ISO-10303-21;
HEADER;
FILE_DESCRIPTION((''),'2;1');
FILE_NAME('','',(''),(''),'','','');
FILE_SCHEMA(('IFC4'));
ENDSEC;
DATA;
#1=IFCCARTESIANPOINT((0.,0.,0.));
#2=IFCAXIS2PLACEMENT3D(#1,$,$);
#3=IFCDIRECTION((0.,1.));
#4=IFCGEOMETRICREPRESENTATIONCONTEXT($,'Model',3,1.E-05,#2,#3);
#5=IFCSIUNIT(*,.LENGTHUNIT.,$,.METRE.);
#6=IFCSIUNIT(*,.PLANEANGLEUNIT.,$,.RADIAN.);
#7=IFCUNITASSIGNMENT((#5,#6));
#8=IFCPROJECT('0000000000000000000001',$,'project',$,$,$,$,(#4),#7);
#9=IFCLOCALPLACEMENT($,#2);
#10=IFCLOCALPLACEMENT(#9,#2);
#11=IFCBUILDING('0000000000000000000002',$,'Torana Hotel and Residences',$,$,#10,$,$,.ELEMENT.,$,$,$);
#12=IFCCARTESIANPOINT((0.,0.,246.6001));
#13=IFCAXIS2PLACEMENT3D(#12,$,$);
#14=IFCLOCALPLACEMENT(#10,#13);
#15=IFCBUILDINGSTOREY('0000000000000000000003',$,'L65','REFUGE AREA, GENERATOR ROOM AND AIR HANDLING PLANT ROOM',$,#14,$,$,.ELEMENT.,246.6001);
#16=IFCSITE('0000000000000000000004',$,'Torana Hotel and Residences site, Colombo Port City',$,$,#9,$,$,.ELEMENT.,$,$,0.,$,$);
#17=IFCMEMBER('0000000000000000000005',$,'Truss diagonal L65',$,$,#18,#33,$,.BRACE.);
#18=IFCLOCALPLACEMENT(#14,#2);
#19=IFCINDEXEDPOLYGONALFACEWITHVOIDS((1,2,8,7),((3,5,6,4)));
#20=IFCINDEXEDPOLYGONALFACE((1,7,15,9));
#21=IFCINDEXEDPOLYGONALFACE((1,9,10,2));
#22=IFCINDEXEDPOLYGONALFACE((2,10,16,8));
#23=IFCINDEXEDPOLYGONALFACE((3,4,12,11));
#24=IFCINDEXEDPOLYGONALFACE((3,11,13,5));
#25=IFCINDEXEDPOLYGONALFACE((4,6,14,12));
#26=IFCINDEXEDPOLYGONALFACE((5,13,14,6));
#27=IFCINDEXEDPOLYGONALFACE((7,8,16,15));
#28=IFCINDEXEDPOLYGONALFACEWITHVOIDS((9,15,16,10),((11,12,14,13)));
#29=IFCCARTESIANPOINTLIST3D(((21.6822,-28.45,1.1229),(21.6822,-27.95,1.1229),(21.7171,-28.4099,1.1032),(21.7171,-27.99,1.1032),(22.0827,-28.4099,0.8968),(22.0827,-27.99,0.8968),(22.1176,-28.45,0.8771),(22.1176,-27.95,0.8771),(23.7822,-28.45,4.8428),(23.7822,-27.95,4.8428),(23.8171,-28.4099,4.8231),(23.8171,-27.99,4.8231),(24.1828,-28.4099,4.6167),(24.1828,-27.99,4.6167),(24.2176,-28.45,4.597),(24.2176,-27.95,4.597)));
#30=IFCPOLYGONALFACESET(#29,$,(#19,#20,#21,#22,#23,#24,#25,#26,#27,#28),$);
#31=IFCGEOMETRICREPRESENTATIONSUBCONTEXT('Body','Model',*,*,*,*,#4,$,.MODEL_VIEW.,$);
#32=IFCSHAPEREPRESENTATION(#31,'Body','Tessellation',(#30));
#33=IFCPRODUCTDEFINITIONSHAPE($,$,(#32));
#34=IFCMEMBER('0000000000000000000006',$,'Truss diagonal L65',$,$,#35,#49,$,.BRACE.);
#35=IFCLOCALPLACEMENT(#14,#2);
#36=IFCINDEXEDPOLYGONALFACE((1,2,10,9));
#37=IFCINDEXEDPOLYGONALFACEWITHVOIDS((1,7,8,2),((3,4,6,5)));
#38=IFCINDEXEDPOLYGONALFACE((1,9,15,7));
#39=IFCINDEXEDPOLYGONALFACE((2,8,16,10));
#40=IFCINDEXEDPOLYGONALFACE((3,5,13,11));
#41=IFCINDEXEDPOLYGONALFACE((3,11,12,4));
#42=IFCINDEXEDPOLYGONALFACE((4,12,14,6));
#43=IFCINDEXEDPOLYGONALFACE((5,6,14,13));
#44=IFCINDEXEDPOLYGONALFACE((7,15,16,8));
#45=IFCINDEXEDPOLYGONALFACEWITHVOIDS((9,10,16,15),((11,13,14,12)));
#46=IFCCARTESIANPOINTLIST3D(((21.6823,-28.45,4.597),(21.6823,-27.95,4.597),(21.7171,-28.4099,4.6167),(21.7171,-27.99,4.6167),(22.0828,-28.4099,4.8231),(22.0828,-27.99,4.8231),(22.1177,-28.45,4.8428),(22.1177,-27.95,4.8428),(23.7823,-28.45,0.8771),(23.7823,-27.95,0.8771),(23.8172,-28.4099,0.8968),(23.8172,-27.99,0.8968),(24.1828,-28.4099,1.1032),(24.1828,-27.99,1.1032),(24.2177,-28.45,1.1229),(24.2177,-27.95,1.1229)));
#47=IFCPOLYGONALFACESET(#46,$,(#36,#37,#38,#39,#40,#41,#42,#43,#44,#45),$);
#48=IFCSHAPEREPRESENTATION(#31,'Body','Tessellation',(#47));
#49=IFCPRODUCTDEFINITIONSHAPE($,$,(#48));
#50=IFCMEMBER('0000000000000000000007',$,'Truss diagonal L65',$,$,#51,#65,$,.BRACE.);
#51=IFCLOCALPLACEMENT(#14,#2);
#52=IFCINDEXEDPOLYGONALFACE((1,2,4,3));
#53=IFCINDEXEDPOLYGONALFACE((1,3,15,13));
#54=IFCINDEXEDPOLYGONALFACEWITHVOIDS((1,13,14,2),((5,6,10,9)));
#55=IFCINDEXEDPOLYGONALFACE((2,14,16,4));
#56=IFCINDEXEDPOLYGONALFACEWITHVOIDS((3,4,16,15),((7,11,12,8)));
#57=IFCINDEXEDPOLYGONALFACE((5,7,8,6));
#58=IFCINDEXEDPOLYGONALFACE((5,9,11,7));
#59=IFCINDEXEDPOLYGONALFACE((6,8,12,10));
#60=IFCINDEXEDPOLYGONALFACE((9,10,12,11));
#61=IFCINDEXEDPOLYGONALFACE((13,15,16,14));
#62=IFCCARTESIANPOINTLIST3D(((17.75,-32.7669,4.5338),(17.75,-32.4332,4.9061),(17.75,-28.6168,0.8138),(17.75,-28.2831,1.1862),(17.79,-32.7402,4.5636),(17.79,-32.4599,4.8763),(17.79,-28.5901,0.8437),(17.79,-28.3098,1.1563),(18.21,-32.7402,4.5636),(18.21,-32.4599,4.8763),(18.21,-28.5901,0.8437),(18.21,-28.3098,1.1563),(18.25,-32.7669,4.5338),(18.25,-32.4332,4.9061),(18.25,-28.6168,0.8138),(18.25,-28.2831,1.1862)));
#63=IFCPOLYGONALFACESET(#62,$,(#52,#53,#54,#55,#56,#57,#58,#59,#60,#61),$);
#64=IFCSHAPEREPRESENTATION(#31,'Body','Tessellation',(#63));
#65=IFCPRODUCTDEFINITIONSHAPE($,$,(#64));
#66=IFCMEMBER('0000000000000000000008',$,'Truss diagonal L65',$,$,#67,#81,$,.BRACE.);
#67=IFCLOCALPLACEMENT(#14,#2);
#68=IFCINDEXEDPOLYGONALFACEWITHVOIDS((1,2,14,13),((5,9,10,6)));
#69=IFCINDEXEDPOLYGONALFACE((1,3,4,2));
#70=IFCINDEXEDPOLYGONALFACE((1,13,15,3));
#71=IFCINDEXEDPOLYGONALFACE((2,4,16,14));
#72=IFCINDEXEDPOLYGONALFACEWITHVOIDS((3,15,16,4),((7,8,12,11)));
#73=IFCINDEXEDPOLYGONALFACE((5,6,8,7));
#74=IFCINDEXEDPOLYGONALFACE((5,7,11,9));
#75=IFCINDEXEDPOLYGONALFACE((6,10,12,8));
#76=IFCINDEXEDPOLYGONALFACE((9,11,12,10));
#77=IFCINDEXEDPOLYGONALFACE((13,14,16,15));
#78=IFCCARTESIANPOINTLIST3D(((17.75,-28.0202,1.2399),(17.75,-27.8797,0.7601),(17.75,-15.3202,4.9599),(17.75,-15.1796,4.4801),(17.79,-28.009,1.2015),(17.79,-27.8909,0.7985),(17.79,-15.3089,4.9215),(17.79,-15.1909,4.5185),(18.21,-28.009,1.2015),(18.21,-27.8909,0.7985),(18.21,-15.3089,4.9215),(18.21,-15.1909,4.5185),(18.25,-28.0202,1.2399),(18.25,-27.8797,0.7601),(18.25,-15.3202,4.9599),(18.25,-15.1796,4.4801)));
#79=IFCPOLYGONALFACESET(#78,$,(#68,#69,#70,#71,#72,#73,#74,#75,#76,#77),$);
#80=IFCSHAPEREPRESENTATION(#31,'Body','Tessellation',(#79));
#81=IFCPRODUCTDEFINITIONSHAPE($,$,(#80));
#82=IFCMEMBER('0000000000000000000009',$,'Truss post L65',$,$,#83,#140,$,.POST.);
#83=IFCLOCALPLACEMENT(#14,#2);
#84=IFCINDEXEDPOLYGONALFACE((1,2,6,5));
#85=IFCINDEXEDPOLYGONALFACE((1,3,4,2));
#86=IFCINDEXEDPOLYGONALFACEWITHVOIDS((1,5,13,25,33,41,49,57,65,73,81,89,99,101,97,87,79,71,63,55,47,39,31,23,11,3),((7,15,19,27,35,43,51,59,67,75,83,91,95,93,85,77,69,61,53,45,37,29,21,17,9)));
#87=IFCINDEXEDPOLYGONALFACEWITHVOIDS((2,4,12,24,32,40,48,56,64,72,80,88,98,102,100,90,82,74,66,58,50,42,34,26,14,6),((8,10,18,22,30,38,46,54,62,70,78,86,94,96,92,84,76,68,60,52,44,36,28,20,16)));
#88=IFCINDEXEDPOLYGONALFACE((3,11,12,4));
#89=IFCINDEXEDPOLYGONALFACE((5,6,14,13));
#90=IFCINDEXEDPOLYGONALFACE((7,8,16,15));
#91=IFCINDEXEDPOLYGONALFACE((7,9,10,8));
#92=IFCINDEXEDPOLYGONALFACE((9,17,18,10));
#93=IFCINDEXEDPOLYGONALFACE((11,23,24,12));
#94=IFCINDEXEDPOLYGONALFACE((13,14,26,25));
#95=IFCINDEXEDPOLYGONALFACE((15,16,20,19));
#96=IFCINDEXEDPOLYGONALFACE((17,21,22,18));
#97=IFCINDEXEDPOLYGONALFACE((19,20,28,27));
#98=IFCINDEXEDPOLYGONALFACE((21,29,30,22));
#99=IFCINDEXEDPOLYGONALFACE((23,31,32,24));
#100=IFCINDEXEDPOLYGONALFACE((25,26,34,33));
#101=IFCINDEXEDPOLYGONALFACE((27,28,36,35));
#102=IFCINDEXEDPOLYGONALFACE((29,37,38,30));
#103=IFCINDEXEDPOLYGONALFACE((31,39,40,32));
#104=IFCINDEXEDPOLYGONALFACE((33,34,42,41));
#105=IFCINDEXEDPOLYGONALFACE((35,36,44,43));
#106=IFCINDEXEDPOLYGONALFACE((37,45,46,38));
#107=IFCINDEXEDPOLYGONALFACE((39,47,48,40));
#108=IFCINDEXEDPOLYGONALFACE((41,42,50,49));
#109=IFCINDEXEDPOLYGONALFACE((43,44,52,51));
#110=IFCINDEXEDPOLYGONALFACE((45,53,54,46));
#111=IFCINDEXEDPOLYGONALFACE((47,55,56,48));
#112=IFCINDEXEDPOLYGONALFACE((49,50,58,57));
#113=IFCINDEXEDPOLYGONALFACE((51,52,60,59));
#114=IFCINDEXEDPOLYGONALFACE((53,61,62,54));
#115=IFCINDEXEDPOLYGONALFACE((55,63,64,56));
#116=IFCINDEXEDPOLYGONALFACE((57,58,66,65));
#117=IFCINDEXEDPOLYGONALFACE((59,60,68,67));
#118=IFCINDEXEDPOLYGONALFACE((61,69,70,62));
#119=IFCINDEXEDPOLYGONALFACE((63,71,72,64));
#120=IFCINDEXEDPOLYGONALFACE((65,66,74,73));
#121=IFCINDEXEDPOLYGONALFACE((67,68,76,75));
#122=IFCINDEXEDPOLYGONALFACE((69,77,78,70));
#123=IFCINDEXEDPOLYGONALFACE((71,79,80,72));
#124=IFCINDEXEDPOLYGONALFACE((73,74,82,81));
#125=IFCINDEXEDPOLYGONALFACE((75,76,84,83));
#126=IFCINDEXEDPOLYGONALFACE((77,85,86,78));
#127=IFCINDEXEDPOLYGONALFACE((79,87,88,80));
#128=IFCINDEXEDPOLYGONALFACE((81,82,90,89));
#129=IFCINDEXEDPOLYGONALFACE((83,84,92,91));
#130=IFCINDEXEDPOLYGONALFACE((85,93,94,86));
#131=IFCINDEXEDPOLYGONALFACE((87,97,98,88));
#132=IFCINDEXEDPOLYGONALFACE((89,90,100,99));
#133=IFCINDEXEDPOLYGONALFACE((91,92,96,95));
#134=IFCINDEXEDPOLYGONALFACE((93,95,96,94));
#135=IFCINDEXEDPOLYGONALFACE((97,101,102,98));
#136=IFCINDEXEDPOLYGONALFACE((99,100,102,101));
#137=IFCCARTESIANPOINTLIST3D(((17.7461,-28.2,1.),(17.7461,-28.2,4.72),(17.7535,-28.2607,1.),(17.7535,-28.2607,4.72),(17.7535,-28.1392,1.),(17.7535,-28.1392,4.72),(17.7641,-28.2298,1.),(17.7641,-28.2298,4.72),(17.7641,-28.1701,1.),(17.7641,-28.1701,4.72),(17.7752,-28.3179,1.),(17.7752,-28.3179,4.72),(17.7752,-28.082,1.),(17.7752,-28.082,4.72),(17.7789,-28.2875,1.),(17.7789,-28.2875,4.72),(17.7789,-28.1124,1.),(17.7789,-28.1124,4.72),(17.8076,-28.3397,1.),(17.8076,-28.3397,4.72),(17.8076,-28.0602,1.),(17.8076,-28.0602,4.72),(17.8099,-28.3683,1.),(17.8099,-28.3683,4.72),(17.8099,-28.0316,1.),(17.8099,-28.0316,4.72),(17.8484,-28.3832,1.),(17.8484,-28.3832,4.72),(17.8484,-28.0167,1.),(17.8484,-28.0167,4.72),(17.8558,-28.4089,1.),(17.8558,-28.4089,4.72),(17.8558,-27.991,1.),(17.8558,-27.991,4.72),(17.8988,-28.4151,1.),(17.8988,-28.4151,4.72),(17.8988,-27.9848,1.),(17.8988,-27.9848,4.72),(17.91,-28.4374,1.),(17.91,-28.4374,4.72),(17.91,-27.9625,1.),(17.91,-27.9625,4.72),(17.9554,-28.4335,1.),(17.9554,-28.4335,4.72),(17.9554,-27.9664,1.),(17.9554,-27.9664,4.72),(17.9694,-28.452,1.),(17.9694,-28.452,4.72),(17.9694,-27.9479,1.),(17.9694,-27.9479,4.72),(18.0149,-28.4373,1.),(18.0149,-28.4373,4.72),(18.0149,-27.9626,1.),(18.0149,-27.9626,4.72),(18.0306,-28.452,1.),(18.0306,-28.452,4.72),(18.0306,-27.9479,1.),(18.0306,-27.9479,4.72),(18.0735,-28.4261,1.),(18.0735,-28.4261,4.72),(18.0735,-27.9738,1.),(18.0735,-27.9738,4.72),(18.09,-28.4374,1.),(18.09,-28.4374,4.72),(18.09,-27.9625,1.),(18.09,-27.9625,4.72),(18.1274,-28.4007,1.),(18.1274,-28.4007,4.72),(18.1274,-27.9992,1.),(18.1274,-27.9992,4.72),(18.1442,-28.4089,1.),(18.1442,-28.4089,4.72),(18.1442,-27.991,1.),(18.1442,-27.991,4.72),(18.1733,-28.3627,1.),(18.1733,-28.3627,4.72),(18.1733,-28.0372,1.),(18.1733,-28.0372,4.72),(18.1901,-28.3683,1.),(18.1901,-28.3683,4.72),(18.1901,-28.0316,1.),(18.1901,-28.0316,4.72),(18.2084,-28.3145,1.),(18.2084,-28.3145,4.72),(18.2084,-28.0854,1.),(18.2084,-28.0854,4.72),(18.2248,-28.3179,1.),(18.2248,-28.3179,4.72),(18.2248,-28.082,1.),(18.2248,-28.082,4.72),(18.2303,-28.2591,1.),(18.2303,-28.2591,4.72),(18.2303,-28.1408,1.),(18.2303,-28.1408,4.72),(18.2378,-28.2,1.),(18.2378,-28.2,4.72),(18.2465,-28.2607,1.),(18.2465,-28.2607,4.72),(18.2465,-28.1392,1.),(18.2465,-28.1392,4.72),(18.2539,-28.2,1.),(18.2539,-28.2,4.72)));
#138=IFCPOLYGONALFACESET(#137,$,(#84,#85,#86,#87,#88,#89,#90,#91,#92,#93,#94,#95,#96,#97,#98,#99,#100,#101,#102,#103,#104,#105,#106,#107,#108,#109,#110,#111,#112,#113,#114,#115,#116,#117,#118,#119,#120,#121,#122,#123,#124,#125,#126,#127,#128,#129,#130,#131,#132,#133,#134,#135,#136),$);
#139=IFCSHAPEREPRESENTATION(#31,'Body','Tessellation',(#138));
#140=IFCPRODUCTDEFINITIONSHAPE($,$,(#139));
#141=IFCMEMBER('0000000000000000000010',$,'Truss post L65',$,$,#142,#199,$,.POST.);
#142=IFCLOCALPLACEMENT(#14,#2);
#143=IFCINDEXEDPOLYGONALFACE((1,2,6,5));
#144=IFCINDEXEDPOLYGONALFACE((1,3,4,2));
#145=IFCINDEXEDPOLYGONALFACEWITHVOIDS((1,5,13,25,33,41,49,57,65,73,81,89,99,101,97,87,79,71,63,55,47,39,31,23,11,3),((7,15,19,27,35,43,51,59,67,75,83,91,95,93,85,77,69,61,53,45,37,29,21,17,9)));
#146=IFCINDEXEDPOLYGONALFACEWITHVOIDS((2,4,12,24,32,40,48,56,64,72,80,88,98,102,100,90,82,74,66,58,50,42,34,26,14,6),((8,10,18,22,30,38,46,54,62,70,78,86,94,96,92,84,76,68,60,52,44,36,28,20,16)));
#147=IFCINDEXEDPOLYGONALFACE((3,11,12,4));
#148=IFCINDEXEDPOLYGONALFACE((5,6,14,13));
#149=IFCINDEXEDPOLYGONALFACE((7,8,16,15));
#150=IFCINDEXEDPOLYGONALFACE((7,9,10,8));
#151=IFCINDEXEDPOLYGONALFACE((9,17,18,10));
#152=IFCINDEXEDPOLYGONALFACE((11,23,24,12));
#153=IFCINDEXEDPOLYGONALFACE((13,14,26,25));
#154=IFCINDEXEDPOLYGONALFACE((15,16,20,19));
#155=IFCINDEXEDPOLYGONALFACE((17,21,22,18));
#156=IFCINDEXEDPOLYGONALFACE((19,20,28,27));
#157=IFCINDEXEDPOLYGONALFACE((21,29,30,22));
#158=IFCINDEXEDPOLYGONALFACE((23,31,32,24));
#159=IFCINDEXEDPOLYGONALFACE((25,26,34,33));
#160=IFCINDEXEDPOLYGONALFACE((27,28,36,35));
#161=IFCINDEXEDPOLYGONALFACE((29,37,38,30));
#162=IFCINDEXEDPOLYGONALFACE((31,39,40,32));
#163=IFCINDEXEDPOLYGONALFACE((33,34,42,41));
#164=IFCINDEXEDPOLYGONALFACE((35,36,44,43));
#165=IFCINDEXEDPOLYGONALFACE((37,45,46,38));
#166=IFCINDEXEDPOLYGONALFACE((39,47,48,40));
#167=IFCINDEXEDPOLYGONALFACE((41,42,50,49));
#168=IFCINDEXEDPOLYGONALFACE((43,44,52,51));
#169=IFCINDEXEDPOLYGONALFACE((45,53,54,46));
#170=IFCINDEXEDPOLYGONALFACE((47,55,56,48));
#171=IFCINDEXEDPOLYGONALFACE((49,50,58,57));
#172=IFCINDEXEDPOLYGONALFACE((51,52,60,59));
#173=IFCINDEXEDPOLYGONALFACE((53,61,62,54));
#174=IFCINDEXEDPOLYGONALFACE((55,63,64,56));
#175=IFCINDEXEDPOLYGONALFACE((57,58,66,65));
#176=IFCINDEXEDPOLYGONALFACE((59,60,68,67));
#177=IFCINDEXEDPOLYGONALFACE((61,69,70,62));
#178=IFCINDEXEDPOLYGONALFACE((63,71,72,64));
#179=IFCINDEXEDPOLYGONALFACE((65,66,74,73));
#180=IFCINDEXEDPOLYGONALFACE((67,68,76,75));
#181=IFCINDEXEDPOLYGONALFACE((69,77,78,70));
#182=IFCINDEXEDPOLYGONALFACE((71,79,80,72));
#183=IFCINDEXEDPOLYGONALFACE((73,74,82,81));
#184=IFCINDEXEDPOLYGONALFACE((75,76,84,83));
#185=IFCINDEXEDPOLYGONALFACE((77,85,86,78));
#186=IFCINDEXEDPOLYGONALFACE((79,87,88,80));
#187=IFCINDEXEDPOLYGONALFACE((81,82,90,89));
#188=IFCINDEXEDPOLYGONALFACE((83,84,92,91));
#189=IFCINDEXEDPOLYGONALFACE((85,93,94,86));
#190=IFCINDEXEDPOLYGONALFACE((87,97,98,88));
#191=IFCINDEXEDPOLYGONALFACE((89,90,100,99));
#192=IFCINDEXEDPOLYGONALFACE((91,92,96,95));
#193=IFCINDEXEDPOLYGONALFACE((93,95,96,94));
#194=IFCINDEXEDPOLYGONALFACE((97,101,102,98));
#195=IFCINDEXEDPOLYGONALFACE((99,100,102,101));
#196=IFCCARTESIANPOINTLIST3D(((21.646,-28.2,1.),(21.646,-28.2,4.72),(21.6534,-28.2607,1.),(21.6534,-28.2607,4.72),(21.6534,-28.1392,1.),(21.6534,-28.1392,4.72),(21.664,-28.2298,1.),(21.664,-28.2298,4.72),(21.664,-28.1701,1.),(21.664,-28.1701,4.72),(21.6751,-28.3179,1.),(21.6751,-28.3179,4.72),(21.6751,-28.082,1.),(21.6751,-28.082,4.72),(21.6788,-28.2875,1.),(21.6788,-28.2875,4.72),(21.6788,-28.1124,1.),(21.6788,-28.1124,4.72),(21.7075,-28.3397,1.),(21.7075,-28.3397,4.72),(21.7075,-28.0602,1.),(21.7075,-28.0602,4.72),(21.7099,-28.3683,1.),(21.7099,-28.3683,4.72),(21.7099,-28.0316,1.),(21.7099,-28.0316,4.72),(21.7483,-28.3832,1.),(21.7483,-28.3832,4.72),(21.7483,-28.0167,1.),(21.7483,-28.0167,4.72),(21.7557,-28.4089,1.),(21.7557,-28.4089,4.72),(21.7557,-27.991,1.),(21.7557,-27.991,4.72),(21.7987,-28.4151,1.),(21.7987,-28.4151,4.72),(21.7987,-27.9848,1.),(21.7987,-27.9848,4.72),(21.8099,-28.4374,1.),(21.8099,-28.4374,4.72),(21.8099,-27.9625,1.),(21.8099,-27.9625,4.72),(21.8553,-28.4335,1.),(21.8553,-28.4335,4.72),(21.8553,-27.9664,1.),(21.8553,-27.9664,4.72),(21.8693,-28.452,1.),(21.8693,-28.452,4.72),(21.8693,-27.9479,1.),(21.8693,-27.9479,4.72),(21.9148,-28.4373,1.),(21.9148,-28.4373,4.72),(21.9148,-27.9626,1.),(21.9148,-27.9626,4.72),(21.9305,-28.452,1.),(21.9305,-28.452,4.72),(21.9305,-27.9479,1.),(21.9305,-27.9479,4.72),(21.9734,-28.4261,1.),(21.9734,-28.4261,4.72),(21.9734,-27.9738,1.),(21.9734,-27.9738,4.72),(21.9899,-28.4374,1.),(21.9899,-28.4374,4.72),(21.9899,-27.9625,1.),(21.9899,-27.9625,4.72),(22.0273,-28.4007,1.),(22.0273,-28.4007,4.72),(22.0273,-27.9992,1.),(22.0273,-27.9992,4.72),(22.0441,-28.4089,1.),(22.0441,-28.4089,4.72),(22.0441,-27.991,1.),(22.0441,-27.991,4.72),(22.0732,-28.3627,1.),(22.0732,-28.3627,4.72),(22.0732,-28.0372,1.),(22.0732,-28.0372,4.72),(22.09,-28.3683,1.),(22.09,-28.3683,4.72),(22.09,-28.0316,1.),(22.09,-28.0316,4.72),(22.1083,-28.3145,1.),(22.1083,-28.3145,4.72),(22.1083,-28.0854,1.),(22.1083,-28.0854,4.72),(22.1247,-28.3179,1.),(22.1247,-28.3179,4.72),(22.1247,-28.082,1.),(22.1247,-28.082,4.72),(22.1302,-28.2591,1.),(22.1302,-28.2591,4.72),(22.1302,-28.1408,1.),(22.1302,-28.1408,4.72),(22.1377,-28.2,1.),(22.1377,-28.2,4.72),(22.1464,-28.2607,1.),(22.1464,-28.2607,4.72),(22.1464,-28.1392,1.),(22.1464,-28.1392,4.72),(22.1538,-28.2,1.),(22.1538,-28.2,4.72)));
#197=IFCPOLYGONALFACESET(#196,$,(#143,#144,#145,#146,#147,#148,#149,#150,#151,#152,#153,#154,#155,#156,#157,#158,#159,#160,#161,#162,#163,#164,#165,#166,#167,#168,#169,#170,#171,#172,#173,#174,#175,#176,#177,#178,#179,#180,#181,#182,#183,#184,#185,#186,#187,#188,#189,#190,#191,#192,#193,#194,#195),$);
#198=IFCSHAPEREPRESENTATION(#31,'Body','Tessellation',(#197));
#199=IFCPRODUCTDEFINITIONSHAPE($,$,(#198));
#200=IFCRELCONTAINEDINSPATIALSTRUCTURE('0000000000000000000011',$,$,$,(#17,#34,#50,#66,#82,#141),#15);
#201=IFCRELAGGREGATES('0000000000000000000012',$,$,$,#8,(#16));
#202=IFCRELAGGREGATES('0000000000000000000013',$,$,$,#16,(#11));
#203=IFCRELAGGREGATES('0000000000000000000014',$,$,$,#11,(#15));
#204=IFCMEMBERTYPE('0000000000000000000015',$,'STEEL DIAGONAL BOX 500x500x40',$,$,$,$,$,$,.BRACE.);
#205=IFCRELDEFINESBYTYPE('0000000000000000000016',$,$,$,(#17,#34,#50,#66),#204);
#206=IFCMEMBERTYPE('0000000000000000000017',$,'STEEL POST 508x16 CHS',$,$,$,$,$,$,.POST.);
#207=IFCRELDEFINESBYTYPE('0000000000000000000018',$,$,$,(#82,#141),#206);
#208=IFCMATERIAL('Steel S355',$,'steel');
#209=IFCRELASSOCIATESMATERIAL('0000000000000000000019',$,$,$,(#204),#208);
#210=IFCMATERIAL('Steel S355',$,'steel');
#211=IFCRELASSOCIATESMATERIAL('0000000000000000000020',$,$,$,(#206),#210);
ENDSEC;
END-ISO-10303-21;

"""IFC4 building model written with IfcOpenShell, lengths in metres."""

from ifc_helpers import new_model, si_unit, direction, frame, origin, origin_2d, place, context, subcontext, project, spatial, hollow_rectangle, hollow_circle, extrude, material, material_profile, profile_set, type_object, element, save


model = new_model("IFC4")

# Units and contexts
model_context = context("Model", 3, precision=1e-05, world=origin(), true_north=direction((0.0, 1.0)))
body_context = subcontext(model_context, "Body", "Model", "MODEL_VIEW")
ifc_project = project(units=[si_unit("LENGTHUNIT", "METRE"), si_unit("PLANEANGLEUNIT", "RADIAN")], contexts=[model_context])

# Site, building, storey
site_placement = place(None, origin())
site = spatial("IfcSite", under=ifc_project, at=site_placement, Name="Torana Hotel and Residences site, Colombo Port City", CompositionType="ELEMENT", RefElevation=0.0)
building_placement = place(site_placement, origin())
building = spatial("IfcBuilding", under=site, at=building_placement, Name="Torana Hotel and Residences", CompositionType="ELEMENT")
storey_placement = place(building_placement, frame((0.0, 0.0, 246.6001)))
storey = spatial("IfcBuildingStorey", under=building, at=storey_placement, Name="L65", Description="REFUGE AREA, GENERATOR ROOM AND AIR HANDLING PLANT ROOM", CompositionType="ELEMENT", Elevation=246.6001)

# Members
ifc_material_1 = material(Name="Steel S355", Category="steel")
ifc_material_profile_1 = material_profile(ifc_material_1, hollow_rectangle(XDim=0.5, YDim=0.5, WallThickness=0.04, at=origin_2d()), Name="BOX 500x500x40")
ifc_profile_set_1 = profile_set([ifc_material_profile_1], Name="Steel S355")
member_type_1 = type_object("IfcMemberType", Name="STEEL DIAGONAL BOX 500x500x40", PredefinedType="BRACE", material=ifc_profile_set_1)
for number, where, z_axis, x_axis, name in (
    (1, (21.8999, -28.2, 1.0), (0.491615, 0.0, 0.870813), (0.0, 1.0, 0.0), "Truss diagonal L65"),
    (2, (24.0, -28.2, 1.0), (-0.491615, 0.0, 0.870813), (0.0, -1.0, 0.0), "Truss diagonal L65"),
):
    element("IfcMember", number, at=place(storey_placement, frame(where, z_axis=z_axis, x_axis=x_axis)), inside=storey, type_object=member_type_1, Name=name, PredefinedType="BRACE", context=body_context, shape_type="SweptSolid", body=[
        extrude(hollow_rectangle(XDim=0.5, YDim=0.5, WallThickness=0.04, at=origin_2d()), origin(), (0.0, 0.0, 1.0), 4.2717),
    ])
member_1_placement = place(storey_placement, frame((18.0, -28.45, 1.0), z_axis=(0.0, -0.744645, 0.66746), x_axis=(1.0, 0.0, 0.0)))
element("IfcMember", 3, at=member_1_placement, inside=storey, type_object=member_type_1, Name="Truss diagonal L65", PredefinedType="BRACE", context=body_context, shape_type="SweptSolid", body=[
    extrude(hollow_rectangle(XDim=0.5, YDim=0.5, WallThickness=0.04, at=origin_2d()), origin(), (0.0, 0.0, 1.0), 5.5732),
])
member_2_placement = place(storey_placement, frame((18.0, -27.95, 1.0), z_axis=(0.0, 0.959678, 0.281101), x_axis=(-1.0, 0.0, 0.0)))
element("IfcMember", 4, at=member_2_placement, inside=storey, type_object=member_type_1, Name="Truss diagonal L65", PredefinedType="BRACE", context=body_context, shape_type="SweptSolid", body=[
    extrude(hollow_rectangle(XDim=0.5, YDim=0.5, WallThickness=0.04, at=origin_2d()), origin(), (0.0, 0.0, 1.0), 13.2336),
])
ifc_material_2 = material(Name="Steel S355", Category="steel")
ifc_material_profile_2 = material_profile(ifc_material_2, hollow_circle(Radius=0.2539, WallThickness=0.0161, at=origin_2d()), Name="508x16 CHS")
ifc_profile_set_2 = profile_set([ifc_material_profile_2], Name="Steel S355")
member_type_2 = type_object("IfcMemberType", Name="STEEL POST 508x16 CHS", PredefinedType="POST", material=ifc_profile_set_2)
for number, where, z_axis, x_axis, name in (
    (5, (18.0, -28.2, 1.0), (0.0, 0.0, 1.0), (1.0, 0.0, 0.0), "Truss post L65"),
    (6, (21.8999, -28.2, 1.0), (0.0, 0.0, 1.0), (1.0, 0.0, 0.0), "Truss post L65"),
):
    element("IfcMember", number, at=place(storey_placement, frame(where, z_axis=z_axis, x_axis=x_axis)), inside=storey, type_object=member_type_2, Name=name, PredefinedType="POST", context=body_context, shape_type="SweptSolid", body=[
        extrude(hollow_circle(Radius=0.2539, WallThickness=0.0161, at=origin_2d()), origin(), (0.0, 0.0, 1.0), 3.72),
    ])

save(model, "model.ifc")
